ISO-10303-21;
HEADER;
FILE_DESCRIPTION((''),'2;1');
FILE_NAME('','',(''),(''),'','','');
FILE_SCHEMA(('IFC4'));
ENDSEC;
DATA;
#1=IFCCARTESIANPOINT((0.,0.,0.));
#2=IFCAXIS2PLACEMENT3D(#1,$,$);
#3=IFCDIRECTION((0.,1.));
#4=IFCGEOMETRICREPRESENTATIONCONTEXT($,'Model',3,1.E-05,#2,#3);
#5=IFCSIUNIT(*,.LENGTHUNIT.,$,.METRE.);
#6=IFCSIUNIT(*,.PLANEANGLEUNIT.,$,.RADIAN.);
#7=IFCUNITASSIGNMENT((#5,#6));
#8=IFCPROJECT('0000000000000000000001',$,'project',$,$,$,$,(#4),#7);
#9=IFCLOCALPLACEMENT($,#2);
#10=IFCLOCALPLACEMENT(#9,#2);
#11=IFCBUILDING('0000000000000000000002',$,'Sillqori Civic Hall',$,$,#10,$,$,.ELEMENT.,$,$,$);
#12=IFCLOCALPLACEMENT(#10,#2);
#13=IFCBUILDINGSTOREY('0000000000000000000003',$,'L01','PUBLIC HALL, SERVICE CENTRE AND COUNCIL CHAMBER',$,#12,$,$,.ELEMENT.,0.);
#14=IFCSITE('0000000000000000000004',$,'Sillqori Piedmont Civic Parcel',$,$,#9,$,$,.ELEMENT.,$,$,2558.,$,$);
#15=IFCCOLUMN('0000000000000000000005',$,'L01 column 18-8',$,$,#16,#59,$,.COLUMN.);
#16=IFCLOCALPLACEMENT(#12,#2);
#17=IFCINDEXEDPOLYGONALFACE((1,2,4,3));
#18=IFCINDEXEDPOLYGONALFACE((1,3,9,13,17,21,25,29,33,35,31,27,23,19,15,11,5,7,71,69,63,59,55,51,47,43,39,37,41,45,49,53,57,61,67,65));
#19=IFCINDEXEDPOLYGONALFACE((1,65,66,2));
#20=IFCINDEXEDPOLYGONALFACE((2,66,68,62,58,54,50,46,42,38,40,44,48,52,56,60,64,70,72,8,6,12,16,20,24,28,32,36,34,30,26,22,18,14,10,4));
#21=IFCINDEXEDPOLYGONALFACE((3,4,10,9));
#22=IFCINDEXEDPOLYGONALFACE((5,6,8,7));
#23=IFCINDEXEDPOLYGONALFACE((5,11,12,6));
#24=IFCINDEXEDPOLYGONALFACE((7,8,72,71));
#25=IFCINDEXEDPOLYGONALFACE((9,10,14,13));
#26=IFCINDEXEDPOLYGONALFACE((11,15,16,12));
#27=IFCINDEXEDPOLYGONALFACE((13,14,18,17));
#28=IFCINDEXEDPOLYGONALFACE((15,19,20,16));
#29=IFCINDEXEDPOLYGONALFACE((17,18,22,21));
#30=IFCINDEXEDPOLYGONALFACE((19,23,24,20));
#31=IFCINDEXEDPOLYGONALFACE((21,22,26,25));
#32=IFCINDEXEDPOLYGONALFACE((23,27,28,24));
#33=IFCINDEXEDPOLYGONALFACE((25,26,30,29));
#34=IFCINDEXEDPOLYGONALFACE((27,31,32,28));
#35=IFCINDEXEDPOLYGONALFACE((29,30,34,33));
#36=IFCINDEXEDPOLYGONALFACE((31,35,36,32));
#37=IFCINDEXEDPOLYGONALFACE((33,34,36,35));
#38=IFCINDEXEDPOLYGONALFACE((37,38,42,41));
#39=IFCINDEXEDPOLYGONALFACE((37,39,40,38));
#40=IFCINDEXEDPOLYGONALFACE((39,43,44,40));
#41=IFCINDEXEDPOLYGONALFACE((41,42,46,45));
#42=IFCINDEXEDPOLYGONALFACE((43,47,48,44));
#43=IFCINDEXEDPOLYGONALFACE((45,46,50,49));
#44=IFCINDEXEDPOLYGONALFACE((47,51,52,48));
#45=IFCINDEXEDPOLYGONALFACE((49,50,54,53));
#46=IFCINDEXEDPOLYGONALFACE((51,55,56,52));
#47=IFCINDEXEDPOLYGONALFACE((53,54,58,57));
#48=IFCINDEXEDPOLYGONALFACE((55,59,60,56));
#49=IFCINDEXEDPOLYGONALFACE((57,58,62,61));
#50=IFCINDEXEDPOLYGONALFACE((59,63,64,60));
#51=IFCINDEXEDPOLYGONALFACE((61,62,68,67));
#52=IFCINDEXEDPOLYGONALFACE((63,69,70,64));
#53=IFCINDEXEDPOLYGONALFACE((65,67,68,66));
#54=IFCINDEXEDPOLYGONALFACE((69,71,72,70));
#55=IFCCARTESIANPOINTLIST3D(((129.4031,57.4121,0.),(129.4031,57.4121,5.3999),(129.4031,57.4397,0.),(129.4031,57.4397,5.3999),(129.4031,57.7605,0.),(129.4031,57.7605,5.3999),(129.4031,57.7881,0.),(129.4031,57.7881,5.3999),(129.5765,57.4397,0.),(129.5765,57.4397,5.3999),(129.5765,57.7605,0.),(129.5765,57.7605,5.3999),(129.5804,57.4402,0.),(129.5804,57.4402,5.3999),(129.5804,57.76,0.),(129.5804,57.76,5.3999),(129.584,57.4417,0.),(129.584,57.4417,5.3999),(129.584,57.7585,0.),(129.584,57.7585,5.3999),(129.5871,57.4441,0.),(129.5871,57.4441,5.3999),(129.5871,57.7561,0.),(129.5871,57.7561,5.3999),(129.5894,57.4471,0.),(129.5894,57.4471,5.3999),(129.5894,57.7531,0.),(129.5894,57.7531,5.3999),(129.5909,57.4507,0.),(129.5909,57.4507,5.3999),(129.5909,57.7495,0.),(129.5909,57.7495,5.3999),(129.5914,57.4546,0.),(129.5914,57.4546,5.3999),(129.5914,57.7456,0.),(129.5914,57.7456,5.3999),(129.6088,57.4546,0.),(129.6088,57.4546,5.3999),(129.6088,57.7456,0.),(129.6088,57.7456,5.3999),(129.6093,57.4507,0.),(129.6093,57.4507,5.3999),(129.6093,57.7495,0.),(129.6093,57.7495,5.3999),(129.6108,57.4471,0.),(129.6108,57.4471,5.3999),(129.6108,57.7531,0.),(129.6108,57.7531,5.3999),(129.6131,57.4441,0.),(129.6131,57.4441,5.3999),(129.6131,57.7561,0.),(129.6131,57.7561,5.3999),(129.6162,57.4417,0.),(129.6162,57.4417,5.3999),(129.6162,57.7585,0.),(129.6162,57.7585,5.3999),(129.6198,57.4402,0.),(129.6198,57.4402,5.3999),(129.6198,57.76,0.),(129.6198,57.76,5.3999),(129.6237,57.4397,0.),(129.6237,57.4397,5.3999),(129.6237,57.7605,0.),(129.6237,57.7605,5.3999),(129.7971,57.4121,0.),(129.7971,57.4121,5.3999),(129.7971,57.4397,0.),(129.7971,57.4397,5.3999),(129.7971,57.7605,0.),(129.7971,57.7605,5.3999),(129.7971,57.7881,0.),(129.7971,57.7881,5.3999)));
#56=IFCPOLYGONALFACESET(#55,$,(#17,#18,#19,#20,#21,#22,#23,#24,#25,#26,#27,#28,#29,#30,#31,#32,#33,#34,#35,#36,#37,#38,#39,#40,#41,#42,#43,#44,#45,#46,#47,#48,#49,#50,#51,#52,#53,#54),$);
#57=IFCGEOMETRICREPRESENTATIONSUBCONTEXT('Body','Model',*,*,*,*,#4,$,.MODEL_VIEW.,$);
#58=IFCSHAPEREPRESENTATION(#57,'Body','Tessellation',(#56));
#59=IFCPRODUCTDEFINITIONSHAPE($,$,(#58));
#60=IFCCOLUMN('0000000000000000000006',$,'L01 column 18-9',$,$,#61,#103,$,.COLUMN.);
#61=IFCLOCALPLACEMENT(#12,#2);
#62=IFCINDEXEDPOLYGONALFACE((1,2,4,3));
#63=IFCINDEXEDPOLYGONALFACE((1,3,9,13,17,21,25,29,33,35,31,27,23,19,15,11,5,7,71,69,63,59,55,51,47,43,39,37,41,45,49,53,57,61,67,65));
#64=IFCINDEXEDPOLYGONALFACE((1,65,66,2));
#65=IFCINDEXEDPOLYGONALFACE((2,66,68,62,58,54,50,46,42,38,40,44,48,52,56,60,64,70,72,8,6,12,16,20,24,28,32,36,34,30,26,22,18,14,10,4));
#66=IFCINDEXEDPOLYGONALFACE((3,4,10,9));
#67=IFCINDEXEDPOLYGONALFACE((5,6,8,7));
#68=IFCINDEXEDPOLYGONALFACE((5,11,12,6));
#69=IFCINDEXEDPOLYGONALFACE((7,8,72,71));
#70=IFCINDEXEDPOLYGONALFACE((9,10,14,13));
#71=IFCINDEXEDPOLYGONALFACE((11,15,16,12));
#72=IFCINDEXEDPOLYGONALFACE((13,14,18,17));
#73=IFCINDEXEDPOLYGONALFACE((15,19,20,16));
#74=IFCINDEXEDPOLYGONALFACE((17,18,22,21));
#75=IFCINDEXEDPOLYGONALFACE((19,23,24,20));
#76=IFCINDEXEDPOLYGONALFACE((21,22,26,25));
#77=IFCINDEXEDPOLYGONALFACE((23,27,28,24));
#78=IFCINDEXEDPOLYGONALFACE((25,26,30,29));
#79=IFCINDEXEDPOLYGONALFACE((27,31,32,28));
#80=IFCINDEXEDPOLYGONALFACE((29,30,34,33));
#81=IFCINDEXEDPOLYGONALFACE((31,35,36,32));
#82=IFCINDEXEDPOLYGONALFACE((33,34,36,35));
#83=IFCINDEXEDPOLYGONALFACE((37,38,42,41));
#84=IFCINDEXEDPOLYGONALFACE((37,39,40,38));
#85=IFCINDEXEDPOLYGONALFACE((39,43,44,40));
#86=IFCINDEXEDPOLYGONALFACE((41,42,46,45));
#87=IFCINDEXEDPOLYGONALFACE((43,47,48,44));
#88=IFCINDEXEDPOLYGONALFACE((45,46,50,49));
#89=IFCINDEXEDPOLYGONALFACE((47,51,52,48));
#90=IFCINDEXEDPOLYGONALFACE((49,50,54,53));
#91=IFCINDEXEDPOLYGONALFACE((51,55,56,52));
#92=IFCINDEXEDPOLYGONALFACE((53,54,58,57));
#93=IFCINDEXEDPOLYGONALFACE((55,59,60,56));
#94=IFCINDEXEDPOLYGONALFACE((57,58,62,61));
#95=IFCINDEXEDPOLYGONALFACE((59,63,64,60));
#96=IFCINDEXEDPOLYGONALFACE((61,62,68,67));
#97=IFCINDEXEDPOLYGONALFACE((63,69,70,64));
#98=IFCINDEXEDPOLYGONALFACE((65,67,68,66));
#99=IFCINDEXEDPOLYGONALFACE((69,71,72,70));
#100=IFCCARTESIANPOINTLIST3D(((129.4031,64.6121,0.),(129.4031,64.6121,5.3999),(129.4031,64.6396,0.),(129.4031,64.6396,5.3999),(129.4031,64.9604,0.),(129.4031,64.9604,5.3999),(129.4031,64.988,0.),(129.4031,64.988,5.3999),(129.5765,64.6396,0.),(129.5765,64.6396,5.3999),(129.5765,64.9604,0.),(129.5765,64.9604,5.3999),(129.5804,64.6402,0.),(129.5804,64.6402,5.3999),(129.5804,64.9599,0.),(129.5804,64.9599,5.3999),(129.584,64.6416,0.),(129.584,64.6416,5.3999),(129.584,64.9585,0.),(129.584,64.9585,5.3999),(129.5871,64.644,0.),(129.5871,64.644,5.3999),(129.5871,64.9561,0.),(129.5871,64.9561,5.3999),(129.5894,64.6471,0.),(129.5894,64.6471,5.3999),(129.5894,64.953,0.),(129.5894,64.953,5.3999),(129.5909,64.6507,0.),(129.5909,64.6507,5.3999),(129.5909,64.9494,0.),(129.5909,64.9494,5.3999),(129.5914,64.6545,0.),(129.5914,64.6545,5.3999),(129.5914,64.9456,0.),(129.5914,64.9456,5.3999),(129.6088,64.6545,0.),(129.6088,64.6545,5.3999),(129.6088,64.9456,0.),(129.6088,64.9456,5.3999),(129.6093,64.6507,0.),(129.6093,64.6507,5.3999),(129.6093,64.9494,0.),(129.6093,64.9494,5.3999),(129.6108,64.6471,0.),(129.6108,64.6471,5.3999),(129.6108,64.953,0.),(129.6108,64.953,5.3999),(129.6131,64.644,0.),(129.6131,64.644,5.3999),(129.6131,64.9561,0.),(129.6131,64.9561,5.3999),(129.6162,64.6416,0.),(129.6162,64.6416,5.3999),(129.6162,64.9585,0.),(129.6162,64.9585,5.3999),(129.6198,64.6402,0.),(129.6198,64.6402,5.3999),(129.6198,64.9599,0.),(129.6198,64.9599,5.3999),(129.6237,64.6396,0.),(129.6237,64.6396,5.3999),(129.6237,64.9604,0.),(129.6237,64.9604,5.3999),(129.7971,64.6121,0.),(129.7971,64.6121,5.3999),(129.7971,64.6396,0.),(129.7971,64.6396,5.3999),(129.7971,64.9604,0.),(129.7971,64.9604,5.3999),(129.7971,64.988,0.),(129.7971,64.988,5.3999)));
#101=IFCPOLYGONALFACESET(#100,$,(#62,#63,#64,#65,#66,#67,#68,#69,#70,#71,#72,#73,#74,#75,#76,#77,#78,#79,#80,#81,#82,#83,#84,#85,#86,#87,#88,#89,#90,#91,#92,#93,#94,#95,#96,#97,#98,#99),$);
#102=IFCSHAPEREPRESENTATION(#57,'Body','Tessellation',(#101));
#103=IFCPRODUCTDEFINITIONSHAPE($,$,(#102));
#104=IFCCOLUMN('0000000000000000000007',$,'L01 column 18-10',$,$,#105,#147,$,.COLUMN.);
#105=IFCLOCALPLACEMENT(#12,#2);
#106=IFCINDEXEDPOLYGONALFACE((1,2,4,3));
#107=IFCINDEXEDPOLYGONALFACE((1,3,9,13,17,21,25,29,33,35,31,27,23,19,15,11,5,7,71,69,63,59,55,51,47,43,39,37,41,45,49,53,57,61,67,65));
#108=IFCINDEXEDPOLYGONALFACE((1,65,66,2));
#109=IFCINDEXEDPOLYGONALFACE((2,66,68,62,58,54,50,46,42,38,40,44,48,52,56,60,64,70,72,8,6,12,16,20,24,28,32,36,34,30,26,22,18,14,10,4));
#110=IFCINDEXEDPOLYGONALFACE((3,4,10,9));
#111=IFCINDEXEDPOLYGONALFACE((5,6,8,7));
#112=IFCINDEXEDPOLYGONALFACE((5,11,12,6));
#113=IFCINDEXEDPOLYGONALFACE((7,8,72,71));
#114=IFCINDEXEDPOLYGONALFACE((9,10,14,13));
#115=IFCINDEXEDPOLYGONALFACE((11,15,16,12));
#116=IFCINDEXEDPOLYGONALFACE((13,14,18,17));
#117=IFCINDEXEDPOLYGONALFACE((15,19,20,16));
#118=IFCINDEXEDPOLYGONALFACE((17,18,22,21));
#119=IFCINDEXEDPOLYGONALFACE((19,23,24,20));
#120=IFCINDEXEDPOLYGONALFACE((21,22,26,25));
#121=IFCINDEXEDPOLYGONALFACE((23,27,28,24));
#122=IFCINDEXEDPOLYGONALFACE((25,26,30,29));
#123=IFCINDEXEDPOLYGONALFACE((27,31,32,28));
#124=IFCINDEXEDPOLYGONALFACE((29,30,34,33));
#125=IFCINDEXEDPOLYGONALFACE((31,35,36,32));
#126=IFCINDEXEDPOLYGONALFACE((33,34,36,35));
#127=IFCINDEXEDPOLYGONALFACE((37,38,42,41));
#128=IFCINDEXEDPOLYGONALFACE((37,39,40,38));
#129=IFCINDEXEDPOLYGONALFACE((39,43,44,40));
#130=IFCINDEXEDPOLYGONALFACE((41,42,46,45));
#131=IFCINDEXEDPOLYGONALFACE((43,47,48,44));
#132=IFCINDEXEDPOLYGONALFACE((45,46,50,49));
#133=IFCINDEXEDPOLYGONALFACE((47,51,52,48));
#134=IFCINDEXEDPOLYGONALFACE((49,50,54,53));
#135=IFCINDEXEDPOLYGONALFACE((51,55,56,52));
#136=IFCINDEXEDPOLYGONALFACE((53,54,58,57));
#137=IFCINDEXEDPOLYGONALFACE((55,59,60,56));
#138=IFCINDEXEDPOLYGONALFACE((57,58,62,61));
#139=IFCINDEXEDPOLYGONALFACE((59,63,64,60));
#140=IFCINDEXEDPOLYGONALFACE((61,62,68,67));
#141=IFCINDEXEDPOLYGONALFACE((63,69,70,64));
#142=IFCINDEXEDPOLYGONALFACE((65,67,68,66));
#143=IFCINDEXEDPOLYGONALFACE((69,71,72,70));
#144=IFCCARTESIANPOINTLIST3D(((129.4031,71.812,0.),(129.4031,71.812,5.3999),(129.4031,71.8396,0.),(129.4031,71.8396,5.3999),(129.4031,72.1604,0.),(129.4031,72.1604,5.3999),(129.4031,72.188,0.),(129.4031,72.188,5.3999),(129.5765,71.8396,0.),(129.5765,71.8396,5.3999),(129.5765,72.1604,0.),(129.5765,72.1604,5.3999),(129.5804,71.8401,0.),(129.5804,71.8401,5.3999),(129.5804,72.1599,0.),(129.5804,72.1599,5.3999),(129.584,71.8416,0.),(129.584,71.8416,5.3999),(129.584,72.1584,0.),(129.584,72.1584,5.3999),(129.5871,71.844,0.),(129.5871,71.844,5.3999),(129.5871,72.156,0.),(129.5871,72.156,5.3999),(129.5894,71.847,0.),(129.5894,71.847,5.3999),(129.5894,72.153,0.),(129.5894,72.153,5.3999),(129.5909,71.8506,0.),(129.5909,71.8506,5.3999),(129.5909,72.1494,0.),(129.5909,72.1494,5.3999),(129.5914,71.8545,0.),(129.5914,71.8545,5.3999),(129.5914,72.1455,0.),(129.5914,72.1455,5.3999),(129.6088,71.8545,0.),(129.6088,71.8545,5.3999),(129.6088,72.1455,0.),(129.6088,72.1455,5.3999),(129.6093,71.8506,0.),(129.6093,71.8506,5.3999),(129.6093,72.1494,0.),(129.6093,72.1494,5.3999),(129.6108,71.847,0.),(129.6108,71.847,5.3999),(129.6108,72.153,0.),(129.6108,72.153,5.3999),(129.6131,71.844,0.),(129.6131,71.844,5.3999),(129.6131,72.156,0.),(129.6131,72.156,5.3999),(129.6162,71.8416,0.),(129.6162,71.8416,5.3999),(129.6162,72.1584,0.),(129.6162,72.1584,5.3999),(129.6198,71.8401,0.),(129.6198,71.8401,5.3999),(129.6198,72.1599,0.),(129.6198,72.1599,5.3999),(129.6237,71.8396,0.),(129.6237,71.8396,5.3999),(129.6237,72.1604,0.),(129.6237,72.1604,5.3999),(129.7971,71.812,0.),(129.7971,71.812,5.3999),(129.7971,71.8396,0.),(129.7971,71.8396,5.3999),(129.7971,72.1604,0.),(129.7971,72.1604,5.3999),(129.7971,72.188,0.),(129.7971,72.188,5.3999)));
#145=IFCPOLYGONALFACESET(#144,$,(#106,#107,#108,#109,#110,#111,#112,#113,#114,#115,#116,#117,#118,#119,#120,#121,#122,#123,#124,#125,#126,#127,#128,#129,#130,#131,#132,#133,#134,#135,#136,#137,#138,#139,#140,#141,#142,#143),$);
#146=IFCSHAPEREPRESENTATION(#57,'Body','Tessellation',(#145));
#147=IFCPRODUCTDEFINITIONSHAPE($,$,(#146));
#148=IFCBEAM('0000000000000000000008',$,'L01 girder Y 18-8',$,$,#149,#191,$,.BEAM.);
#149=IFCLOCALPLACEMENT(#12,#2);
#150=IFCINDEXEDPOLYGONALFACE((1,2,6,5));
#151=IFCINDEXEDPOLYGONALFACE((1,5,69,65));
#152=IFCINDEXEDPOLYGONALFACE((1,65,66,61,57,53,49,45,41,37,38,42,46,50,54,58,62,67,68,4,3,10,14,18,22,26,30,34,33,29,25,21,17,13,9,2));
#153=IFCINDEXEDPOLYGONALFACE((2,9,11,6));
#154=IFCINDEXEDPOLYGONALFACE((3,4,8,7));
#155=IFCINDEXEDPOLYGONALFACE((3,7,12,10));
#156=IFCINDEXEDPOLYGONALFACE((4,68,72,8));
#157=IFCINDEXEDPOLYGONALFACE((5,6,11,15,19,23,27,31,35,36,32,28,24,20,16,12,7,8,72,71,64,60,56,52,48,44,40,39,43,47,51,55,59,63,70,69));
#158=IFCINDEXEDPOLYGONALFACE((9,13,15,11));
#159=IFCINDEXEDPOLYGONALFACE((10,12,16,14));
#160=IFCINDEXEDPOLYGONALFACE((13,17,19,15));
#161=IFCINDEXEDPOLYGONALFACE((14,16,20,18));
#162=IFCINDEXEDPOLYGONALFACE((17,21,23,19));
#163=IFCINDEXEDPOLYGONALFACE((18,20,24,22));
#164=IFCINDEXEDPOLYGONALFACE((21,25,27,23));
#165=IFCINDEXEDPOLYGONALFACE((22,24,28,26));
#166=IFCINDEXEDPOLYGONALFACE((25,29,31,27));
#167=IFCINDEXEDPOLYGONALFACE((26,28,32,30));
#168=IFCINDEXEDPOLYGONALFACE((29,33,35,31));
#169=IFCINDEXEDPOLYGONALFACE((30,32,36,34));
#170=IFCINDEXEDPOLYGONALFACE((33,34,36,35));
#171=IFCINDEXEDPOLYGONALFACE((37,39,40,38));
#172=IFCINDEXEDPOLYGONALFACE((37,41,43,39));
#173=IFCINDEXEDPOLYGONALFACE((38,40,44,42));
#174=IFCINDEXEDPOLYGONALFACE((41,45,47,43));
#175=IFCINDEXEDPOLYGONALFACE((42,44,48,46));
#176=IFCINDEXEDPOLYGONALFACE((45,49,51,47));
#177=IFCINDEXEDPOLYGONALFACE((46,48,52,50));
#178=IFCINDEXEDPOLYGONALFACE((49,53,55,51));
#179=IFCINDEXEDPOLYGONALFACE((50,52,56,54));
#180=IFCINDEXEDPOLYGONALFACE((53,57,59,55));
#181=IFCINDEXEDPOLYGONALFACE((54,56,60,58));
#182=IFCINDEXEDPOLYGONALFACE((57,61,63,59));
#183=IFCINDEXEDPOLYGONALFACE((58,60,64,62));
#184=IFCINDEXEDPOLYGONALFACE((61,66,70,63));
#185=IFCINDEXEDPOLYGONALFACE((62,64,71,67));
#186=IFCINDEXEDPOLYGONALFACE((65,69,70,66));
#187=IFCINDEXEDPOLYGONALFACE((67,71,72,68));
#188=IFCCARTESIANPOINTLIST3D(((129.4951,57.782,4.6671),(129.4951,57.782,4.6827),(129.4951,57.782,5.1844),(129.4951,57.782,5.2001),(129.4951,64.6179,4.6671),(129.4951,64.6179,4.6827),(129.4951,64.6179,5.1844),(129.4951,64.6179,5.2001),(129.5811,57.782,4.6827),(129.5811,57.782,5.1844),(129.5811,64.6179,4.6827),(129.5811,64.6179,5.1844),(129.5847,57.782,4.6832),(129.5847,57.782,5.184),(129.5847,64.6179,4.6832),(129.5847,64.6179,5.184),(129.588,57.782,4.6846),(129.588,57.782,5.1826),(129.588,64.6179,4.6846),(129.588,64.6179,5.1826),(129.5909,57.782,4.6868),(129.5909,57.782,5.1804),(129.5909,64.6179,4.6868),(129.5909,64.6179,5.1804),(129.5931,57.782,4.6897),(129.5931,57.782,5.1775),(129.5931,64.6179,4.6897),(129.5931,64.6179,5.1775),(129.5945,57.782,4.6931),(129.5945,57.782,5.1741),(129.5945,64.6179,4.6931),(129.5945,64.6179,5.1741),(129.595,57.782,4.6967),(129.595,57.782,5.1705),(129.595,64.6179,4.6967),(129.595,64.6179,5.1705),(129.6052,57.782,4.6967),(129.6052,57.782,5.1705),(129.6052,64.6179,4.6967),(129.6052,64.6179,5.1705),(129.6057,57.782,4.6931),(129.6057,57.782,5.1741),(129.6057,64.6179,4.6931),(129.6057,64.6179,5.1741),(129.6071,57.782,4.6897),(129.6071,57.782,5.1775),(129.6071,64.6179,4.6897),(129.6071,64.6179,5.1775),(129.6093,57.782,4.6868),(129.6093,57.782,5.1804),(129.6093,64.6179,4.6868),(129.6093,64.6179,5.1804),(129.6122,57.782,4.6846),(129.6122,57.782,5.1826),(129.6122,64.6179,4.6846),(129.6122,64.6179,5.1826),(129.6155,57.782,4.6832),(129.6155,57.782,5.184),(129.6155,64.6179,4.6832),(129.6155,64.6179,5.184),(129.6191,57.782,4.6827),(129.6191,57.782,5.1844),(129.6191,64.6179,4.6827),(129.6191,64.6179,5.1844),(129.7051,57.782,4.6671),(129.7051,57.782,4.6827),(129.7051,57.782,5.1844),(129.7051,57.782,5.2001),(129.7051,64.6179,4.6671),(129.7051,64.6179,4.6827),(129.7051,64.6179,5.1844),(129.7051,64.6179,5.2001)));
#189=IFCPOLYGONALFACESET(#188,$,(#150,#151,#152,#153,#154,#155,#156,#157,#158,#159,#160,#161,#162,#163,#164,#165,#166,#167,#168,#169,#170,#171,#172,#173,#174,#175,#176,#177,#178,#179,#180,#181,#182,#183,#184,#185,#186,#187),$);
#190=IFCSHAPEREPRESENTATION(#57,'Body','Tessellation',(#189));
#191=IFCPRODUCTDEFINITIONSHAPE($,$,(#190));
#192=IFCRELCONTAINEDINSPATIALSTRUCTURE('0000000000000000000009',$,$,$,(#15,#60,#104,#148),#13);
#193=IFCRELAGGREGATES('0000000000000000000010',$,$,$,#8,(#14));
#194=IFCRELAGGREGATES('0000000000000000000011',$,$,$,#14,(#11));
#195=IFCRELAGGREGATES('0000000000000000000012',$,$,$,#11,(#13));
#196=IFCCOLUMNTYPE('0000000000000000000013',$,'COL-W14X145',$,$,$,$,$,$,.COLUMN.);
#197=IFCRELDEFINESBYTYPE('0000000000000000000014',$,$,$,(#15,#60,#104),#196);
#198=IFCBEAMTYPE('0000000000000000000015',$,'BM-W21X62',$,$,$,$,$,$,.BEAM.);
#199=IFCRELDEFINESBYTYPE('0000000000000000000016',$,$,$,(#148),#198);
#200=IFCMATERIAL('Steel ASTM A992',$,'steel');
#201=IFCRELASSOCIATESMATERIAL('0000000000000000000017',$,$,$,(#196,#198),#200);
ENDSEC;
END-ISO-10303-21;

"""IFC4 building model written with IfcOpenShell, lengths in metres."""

from ifc_helpers import new_model, si_unit, direction, frame, origin, origin_2d, place, context, subcontext, project, spatial, i_section, extrude, material, material_profile, profile_set, type_object, element, save


model = new_model("IFC4")

# Units and contexts
model_context = context("Model", 3, precision=1e-05, world=origin(), true_north=direction((0.0, 1.0)))
body_context = subcontext(model_context, "Body", "Model", "MODEL_VIEW")
ifc_project = project(units=[si_unit("LENGTHUNIT", "METRE"), si_unit("PLANEANGLEUNIT", "RADIAN")], contexts=[model_context])

# Site, building, storey
site_placement = place(None, origin())
site = spatial("IfcSite", under=ifc_project, at=site_placement, Name="Sillqori Piedmont Civic Parcel", CompositionType="ELEMENT", RefElevation=2558.0)
building_placement = place(site_placement, origin())
building = spatial("IfcBuilding", under=site, at=building_placement, Name="Sillqori Civic Hall", CompositionType="ELEMENT")
storey_placement = place(building_placement, origin())
storey = spatial("IfcBuildingStorey", under=building, at=storey_placement, Name="L01", Description="PUBLIC HALL, SERVICE CENTRE AND COUNCIL CHAMBER", CompositionType="ELEMENT", Elevation=0.0)

# Columns
ifc_material_1 = material(Name="Steel ASTM A992", Category="steel")
ifc_material_profile_1 = material_profile(ifc_material_1, i_section(OverallWidth=0.394, OverallDepth=0.376, WebThickness=0.0173, FlangeThickness=0.0276, FilletRadius=0.0149, at=origin_2d()), Name="W14X145")
ifc_profile_set_1 = profile_set([ifc_material_profile_1], Name="Steel ASTM A992")
column_type = type_object("IfcColumnType", Name="COL-W14X145", PredefinedType="COLUMN", material=ifc_profile_set_1)
for number, where, z_axis, x_axis, name in (
    (1, (129.6001, 57.6001, 0.0), (0.0, 0.0, 1.0), (1.0, 0.0, 0.0), "L01 column 18-8"),
    (2, (129.6001, 64.8, 0.0), (0.0, 0.0, 1.0), (1.0, 0.0, 0.0), "L01 column 18-9"),
    (3, (129.6001, 72.0, 0.0), (0.0, 0.0, 1.0), (1.0, 0.0, 0.0), "L01 column 18-10"),
):
    element("IfcColumn", number, at=place(storey_placement, frame(where, z_axis=z_axis, x_axis=x_axis)), inside=storey, type_object=column_type, Name=name, PredefinedType="COLUMN", context=body_context, shape_type="SweptSolid", body=[
        extrude(i_section(OverallWidth=0.394, OverallDepth=0.376, WebThickness=0.0173, FlangeThickness=0.0276, FilletRadius=0.0149, at=origin_2d()), origin(), (0.0, 0.0, 1.0), 5.3999),
    ])

# Beam
ifc_material_profile_2 = material_profile(ifc_material_1, i_section(OverallWidth=0.21, OverallDepth=0.533, WebThickness=0.0103, FlangeThickness=0.0156, FilletRadius=0.0139, at=origin_2d()), Name="W21X62")
ifc_profile_set_2 = profile_set([ifc_material_profile_2], Name="Steel ASTM A992")
beam_type_1 = type_object("IfcBeamType", Name="BM-W21X62", PredefinedType="BEAM", material=ifc_profile_set_2)
beam_1_placement = place(storey_placement, frame((129.6001, 57.782, 4.9336), z_axis=(0.0, 1.0, 0.0), x_axis=(-1.0, 0.0, 0.0)))
element("IfcBeam", 4, at=beam_1_placement, inside=storey, type_object=beam_type_1, Name="L01 girder Y 18-8", PredefinedType="BEAM", context=body_context, shape_type="SweptSolid", body=[
    extrude(i_section(OverallWidth=0.21, OverallDepth=0.533, WebThickness=0.0103, FlangeThickness=0.0156, FilletRadius=0.0139, at=origin_2d()), origin(), (0.0, 0.0, 1.0), 6.8359),
])

save(model, "model.ifc")
